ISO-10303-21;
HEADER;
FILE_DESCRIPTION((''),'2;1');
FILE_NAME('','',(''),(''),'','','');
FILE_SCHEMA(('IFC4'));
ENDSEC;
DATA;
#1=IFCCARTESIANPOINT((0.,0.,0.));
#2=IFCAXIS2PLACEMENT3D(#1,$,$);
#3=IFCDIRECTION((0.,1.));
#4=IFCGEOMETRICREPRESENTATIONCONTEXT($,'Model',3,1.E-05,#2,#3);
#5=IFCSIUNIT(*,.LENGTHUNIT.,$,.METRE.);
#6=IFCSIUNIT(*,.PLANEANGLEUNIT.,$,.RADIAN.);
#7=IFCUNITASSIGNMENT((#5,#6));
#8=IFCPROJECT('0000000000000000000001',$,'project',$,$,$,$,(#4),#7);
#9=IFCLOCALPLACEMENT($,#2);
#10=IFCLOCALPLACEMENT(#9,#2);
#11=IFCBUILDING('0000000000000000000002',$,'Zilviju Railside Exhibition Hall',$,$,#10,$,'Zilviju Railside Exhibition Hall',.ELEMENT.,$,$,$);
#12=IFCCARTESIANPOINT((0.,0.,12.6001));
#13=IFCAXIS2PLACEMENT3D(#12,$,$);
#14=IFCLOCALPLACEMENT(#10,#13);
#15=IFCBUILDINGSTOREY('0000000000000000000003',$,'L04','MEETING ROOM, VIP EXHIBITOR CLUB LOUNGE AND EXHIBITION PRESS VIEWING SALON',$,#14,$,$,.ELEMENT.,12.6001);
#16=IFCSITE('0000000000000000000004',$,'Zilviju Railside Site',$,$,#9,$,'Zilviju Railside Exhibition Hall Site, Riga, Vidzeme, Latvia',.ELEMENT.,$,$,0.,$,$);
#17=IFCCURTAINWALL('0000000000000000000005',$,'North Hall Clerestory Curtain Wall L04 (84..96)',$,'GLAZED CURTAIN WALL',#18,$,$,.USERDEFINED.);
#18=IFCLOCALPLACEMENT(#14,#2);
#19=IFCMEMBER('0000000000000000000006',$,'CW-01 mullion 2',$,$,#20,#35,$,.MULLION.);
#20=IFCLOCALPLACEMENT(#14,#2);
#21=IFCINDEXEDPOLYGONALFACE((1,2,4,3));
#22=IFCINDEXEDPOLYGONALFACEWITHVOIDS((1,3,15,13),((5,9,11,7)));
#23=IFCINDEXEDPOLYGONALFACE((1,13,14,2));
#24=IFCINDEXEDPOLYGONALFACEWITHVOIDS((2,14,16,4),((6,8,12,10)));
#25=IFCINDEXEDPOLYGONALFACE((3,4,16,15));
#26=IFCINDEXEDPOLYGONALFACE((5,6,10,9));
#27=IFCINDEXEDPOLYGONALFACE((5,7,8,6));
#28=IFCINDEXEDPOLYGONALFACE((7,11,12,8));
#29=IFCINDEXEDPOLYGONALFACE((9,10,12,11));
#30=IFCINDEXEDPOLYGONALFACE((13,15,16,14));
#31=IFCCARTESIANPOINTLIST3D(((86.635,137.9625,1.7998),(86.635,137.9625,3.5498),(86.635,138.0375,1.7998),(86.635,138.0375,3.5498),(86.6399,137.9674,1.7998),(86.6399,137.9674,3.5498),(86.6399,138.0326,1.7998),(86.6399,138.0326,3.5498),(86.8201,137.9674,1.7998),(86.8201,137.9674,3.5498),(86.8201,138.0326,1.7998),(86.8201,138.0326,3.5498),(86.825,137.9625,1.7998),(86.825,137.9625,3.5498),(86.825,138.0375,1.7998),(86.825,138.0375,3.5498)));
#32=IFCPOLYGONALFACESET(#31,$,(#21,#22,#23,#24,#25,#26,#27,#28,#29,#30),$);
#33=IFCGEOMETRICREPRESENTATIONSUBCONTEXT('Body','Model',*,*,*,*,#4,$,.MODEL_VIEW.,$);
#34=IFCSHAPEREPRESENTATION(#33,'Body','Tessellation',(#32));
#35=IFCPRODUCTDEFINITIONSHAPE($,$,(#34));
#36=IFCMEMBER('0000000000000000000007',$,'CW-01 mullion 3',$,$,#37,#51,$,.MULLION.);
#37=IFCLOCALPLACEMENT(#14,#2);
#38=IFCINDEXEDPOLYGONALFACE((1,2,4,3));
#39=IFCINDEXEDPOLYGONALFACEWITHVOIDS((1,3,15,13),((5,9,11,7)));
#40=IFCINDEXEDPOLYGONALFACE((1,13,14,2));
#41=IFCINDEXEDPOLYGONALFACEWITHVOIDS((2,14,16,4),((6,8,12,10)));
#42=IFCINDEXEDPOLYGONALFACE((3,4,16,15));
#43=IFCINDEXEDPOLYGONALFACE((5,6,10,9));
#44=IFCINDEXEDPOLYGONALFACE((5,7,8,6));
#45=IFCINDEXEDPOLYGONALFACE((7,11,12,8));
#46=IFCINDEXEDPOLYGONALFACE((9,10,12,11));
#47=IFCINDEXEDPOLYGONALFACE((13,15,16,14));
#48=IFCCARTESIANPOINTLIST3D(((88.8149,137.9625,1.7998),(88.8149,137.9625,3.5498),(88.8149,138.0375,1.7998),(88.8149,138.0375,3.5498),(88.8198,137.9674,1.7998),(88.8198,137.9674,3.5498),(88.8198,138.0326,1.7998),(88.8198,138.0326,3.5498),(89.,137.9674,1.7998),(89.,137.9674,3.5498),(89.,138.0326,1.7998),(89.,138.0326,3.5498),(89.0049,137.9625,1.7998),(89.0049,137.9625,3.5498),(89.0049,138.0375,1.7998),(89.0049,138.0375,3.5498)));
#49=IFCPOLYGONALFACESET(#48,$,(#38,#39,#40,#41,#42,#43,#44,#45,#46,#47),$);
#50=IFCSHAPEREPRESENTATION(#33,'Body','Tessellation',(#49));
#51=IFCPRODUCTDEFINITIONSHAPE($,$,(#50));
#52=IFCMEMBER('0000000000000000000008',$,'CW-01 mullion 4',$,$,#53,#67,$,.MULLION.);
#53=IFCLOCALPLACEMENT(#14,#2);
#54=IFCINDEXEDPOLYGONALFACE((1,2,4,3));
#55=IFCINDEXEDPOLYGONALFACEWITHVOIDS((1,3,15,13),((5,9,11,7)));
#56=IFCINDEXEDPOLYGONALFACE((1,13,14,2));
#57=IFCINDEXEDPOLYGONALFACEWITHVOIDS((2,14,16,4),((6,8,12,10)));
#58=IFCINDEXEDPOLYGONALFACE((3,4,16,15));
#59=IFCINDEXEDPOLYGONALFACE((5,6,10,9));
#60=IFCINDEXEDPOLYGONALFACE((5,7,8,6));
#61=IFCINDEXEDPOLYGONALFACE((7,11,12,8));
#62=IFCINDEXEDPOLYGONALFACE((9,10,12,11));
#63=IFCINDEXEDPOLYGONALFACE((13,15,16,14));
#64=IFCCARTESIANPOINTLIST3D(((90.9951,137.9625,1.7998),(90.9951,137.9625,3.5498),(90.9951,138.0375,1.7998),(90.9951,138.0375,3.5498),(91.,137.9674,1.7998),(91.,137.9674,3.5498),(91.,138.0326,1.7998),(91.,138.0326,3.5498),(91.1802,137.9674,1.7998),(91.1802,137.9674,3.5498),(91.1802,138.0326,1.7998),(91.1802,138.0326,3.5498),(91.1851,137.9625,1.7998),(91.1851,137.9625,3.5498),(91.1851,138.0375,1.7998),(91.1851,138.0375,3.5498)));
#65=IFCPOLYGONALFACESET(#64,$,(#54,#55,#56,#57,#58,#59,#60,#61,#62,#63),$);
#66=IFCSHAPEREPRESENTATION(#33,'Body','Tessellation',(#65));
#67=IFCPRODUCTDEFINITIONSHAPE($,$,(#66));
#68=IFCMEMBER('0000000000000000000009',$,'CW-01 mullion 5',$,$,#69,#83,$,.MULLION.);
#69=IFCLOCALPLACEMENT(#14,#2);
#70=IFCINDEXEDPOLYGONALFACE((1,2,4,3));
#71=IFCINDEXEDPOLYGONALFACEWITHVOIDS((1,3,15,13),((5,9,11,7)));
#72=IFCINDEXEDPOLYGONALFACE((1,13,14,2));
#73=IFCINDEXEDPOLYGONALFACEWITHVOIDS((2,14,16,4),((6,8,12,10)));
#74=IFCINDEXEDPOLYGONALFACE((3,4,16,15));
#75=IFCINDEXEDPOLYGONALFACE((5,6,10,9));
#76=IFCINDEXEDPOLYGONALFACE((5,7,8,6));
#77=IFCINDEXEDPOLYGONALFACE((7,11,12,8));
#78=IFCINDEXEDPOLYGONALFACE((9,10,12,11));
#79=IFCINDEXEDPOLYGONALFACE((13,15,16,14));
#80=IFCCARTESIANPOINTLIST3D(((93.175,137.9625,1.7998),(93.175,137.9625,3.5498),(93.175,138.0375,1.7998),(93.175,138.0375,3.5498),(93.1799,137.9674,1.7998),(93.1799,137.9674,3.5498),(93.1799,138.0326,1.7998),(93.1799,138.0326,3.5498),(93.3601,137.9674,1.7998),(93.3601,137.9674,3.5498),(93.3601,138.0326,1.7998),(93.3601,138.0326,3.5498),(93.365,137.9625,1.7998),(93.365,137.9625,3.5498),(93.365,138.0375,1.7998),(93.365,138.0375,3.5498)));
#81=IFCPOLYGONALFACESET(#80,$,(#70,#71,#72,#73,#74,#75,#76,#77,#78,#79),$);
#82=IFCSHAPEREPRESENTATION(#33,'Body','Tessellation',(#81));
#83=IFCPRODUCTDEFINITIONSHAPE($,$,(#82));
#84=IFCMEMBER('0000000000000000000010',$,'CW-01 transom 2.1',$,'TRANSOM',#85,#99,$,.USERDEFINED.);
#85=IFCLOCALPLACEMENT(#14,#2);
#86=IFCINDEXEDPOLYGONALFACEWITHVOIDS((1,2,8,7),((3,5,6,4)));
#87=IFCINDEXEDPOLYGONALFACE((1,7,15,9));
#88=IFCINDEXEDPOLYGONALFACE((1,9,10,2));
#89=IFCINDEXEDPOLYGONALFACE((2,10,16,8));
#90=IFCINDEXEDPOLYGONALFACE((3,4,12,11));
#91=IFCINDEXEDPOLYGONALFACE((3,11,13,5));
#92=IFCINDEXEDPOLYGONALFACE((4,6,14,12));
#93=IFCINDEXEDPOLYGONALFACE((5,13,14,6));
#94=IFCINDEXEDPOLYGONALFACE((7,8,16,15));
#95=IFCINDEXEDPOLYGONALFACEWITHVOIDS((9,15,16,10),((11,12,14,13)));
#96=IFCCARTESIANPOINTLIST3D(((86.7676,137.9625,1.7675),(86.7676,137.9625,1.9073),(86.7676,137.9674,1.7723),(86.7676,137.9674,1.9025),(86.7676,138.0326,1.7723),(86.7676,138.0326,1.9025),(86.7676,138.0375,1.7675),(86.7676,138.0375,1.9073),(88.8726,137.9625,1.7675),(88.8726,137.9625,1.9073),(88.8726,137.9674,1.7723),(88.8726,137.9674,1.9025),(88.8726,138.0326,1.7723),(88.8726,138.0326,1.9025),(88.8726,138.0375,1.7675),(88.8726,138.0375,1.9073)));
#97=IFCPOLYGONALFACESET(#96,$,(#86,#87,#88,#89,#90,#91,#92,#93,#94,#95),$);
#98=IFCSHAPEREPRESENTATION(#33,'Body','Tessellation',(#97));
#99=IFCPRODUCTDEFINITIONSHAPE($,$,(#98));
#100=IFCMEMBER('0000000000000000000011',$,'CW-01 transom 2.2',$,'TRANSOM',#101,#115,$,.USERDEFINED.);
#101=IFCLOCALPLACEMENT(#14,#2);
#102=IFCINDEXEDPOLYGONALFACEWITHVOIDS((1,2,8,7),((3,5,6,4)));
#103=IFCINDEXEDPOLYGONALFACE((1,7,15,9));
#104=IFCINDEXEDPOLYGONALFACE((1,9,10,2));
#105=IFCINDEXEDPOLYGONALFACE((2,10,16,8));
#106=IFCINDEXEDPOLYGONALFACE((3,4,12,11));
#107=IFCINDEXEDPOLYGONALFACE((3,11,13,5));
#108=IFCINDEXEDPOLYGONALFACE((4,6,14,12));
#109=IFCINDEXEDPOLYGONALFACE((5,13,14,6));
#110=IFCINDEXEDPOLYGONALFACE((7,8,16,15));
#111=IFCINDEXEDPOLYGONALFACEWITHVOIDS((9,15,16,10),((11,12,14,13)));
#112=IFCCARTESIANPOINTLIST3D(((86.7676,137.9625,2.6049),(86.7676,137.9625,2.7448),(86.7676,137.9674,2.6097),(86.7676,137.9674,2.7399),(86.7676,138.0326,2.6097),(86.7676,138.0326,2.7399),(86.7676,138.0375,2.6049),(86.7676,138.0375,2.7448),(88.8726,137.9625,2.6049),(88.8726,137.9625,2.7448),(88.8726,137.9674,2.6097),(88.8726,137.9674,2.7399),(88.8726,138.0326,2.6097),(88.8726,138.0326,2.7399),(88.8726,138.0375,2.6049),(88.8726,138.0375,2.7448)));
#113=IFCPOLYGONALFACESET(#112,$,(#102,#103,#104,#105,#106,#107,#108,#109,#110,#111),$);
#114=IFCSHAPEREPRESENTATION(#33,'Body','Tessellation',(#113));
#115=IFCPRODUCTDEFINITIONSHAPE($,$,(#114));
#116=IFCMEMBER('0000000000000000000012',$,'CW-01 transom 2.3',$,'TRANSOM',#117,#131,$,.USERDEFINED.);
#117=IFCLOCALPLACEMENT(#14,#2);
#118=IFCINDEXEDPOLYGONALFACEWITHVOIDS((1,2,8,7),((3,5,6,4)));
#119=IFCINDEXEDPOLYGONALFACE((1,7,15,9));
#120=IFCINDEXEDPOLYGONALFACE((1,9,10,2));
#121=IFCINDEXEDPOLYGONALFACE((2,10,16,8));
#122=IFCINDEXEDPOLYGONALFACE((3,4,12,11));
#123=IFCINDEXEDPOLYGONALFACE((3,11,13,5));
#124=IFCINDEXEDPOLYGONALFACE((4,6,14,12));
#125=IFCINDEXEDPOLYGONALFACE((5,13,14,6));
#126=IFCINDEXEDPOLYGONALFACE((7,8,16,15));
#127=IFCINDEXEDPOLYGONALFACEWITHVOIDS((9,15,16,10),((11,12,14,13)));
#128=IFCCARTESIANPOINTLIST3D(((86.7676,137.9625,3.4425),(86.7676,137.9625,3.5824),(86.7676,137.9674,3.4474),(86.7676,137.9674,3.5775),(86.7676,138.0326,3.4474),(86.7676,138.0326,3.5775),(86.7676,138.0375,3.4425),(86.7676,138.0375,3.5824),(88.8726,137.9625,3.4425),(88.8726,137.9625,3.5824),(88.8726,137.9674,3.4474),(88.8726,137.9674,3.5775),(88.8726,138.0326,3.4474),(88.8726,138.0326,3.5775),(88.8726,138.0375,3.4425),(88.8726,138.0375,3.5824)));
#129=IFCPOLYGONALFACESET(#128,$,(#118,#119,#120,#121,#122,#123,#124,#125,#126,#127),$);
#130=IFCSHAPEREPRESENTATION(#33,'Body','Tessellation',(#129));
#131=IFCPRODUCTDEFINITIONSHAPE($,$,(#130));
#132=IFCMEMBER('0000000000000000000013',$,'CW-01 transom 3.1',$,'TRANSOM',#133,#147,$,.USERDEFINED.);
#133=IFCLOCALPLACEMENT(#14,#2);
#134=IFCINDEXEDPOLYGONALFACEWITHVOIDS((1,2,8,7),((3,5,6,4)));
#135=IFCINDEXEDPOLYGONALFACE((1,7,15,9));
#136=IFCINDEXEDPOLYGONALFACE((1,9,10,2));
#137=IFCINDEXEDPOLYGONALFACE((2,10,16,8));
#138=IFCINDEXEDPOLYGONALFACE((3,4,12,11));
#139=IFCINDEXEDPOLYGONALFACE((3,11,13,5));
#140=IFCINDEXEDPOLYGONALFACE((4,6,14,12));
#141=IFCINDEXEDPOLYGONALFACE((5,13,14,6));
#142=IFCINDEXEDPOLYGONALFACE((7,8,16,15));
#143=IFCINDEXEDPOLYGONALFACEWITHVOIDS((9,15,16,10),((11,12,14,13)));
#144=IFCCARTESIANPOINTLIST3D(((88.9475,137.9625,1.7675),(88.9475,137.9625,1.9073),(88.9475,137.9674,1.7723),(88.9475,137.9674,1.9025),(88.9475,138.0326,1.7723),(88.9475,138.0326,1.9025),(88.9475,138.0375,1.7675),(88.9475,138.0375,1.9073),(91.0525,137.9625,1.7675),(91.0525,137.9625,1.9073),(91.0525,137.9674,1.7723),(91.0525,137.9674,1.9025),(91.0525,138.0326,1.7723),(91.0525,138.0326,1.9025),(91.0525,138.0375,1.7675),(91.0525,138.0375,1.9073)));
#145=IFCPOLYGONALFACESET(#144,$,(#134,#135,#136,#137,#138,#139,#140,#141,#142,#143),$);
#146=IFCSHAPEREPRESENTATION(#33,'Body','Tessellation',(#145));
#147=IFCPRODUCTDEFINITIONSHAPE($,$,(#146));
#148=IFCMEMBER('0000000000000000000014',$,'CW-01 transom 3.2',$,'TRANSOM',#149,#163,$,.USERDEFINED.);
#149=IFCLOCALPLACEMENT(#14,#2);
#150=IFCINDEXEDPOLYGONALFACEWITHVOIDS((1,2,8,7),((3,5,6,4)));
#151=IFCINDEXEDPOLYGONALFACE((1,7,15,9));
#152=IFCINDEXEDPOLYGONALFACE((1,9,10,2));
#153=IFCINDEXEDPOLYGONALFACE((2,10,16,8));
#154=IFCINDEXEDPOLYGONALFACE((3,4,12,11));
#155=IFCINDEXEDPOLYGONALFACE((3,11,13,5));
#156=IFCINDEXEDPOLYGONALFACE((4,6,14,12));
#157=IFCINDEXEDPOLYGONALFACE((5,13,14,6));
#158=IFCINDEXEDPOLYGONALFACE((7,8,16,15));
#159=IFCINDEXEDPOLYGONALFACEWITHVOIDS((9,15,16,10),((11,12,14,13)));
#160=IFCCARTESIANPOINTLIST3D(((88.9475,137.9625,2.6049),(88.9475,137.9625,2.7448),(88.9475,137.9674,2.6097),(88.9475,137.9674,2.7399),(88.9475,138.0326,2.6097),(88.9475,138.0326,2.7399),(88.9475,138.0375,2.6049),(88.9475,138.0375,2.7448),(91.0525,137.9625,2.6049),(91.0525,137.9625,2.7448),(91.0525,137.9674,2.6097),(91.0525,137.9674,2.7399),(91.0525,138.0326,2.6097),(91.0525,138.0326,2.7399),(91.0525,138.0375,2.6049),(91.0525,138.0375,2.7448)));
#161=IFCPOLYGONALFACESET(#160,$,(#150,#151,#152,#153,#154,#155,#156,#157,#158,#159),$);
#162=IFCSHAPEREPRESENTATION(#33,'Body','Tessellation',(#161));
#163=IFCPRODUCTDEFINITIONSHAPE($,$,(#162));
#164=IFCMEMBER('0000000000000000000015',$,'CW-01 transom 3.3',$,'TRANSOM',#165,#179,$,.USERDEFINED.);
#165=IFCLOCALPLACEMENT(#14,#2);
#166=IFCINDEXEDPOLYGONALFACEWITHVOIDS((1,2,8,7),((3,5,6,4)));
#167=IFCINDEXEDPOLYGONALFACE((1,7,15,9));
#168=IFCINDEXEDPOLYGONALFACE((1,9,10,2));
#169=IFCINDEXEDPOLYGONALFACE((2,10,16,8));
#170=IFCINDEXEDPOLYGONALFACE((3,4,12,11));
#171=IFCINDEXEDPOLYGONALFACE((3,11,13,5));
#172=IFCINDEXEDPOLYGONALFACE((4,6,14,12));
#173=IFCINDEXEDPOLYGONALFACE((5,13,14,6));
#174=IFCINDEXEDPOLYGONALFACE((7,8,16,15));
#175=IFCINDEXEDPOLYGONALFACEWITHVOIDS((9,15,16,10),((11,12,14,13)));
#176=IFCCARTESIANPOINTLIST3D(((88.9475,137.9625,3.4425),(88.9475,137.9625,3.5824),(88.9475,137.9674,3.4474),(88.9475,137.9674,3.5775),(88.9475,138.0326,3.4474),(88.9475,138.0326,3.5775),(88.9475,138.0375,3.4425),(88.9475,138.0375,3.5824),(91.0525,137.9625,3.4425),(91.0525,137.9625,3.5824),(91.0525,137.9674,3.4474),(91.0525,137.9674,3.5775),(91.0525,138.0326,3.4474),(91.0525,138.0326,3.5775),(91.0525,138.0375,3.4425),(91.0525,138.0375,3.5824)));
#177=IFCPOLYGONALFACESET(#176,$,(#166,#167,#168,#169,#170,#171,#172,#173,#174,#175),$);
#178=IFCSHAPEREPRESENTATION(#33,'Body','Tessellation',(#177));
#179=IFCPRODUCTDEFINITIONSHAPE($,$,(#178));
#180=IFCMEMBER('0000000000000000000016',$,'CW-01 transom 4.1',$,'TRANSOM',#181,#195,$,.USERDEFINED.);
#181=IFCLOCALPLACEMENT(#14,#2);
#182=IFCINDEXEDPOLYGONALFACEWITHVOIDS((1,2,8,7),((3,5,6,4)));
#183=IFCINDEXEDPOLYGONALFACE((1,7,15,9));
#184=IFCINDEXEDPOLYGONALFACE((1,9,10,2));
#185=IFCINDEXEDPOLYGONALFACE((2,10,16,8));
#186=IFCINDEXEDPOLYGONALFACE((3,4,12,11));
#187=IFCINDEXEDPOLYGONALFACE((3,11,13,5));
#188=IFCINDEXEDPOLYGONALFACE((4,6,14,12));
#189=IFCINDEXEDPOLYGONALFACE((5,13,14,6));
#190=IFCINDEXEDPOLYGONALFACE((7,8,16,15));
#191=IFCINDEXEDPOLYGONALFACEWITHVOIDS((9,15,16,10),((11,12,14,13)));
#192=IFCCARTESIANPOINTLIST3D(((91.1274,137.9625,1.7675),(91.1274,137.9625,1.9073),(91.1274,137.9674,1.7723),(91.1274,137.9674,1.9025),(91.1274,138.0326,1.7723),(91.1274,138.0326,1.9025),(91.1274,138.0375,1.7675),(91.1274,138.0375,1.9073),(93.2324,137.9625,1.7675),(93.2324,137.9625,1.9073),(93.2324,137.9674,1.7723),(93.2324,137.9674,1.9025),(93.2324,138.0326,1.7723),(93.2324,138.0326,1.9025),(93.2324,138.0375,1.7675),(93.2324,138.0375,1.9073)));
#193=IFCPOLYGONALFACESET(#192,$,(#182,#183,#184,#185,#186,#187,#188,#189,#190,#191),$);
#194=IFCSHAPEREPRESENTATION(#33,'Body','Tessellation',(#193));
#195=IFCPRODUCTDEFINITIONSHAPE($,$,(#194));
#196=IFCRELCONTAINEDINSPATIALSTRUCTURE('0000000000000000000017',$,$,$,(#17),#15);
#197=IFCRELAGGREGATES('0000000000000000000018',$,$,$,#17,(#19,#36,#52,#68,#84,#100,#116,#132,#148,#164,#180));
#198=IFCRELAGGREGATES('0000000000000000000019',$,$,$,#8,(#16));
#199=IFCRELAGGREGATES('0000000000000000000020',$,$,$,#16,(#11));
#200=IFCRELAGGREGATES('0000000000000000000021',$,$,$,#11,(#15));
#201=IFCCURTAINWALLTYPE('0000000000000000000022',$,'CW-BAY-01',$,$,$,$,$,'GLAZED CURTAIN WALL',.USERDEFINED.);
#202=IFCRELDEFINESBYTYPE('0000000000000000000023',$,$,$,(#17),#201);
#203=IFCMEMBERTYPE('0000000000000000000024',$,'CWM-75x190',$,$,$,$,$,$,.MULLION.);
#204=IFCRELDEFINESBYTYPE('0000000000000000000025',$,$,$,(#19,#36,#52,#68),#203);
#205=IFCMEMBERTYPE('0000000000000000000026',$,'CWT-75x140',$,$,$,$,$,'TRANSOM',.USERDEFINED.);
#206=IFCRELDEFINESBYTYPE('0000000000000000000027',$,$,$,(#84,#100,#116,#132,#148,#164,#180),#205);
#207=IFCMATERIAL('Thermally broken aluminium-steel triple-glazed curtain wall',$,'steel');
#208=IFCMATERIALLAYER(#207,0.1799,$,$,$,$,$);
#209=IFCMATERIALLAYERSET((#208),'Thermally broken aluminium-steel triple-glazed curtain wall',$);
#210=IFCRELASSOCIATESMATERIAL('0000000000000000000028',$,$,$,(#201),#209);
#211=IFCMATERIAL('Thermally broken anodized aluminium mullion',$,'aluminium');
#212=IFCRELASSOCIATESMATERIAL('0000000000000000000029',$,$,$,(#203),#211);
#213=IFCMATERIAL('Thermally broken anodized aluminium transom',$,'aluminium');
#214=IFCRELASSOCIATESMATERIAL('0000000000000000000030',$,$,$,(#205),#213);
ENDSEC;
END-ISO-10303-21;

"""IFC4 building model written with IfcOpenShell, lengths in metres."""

from ifc_helpers import new_model, si_unit, direction, frame, origin, origin_2d, place, context, subcontext, project, spatial, hollow_rectangle, extrude, material, layer, layer_set, material_profile, profile_set, type_object, element, aggregate, save


model = new_model("IFC4")

# Units and contexts
model_context = context("Model", 3, precision=1e-05, world=origin(), true_north=direction((0.0, 1.0)))
body_context = subcontext(model_context, "Body", "Model", "MODEL_VIEW")
ifc_project = project(units=[si_unit("LENGTHUNIT", "METRE"), si_unit("PLANEANGLEUNIT", "RADIAN")], contexts=[model_context])

# Site, building, storey
site_placement = place(None, origin())
site = spatial("IfcSite", under=ifc_project, at=site_placement, Name="Zilviju Railside Site", LongName="Zilviju Railside Exhibition Hall Site, Riga, Vidzeme, Latvia", CompositionType="ELEMENT", RefElevation=0.0)
building_placement = place(site_placement, origin())
building = spatial("IfcBuilding", under=site, at=building_placement, Name="Zilviju Railside Exhibition Hall", LongName="Zilviju Railside Exhibition Hall", CompositionType="ELEMENT")
storey_placement = place(building_placement, frame((0.0, 0.0, 12.6001)))
storey = spatial("IfcBuildingStorey", under=building, at=storey_placement, Name="L04", Description="MEETING ROOM, VIP EXHIBITOR CLUB LOUNGE AND EXHIBITION PRESS VIEWING SALON", CompositionType="ELEMENT", Elevation=12.6001)

# Curtain wall, members
ifc_material_1 = material(Name="Thermally broken aluminium-steel triple-glazed curtain wall", Category="steel")
ifc_layer_1 = layer(ifc_material_1, 0.1799)
ifc_layer_set_1 = layer_set([ifc_layer_1], Name="Thermally broken aluminium-steel triple-glazed curtain wall")
curtain_wall_type = type_object("IfcCurtainWallType", Name="CW-BAY-01", ElementType="GLAZED CURTAIN WALL", PredefinedType="USERDEFINED", material=ifc_layer_set_1)
curtain_wall_placement = place(storey_placement, origin())
curtain_wall = element("IfcCurtainWall", 1, at=curtain_wall_placement, inside=storey, type_object=curtain_wall_type, Name="North Hall Clerestory Curtain Wall L04 (84..96)", ObjectType="GLAZED CURTAIN WALL", PredefinedType="USERDEFINED")
ifc_material_2 = material(Name="Thermally broken anodized aluminium mullion", Category="aluminium")
ifc_material_profile_1 = material_profile(ifc_material_2, hollow_rectangle(XDim=0.075, YDim=0.1899, WallThickness=0.0049, at=origin_2d()), Name="MULLION 190x75x5")
ifc_profile_set_1 = profile_set([ifc_material_profile_1], Name="Thermally broken anodized aluminium mullion")
member_type_1 = type_object("IfcMemberType", Name="CWM-75x190", PredefinedType="MULLION", material=ifc_profile_set_1)
member_1_placement = place(storey_placement, frame((86.73, 138.0, 1.7998), z_axis=(0.0, 0.0, 1.0), x_axis=(0.0, 1.0, 0.0)))
member_1 = element("IfcMember", 2, at=member_1_placement, type_object=member_type_1, Name="CW-01 mullion 2", PredefinedType="MULLION", context=body_context, shape_type="SweptSolid", body=[
    extrude(hollow_rectangle(XDim=0.075, YDim=0.1899, WallThickness=0.0049, at=origin_2d()), origin(), (0.0, 0.0, 1.0), 1.75),
])
member_2_placement = place(storey_placement, frame((88.9099, 138.0, 1.7998), z_axis=(0.0, 0.0, 1.0), x_axis=(0.0, 1.0, 0.0)))
member_2 = element("IfcMember", 3, at=member_2_placement, type_object=member_type_1, Name="CW-01 mullion 3", PredefinedType="MULLION", context=body_context, shape_type="SweptSolid", body=[
    extrude(hollow_rectangle(XDim=0.075, YDim=0.1899, WallThickness=0.0049, at=origin_2d()), origin(), (0.0, 0.0, 1.0), 1.75),
])
member_3_placement = place(storey_placement, frame((91.0901, 138.0, 1.7998), z_axis=(0.0, 0.0, 1.0), x_axis=(0.0, 1.0, 0.0)))
member_3 = element("IfcMember", 4, at=member_3_placement, type_object=member_type_1, Name="CW-01 mullion 4", PredefinedType="MULLION", context=body_context, shape_type="SweptSolid", body=[
    extrude(hollow_rectangle(XDim=0.075, YDim=0.1899, WallThickness=0.0049, at=origin_2d()), origin(), (0.0, 0.0, 1.0), 1.75),
])
member_4_placement = place(storey_placement, frame((93.27, 138.0, 1.7998), z_axis=(0.0, 0.0, 1.0), x_axis=(0.0, 1.0, 0.0)))
member_4 = element("IfcMember", 5, at=member_4_placement, type_object=member_type_1, Name="CW-01 mullion 5", PredefinedType="MULLION", context=body_context, shape_type="SweptSolid", body=[
    extrude(hollow_rectangle(XDim=0.075, YDim=0.1899, WallThickness=0.0049, at=origin_2d()), origin(), (0.0, 0.0, 1.0), 1.75),
])
ifc_material_3 = material(Name="Thermally broken anodized aluminium transom", Category="aluminium")
ifc_material_profile_2 = material_profile(ifc_material_3, hollow_rectangle(XDim=0.075, YDim=0.1399, WallThickness=0.0049, at=origin_2d()), Name="TRANSOM 140x75x5")
ifc_profile_set_2 = profile_set([ifc_material_profile_2], Name="Thermally broken anodized aluminium transom")
member_type_2 = type_object("IfcMemberType", Name="CWT-75x140", ElementType="TRANSOM", PredefinedType="USERDEFINED", material=ifc_profile_set_2)
member_5_placement = place(storey_placement, frame((86.7676, 138.0, 1.8374), z_axis=(1.0, 0.0, 0.0), x_axis=(0.0, 1.0, 0.0)))
member_5 = element("IfcMember", 6, at=member_5_placement, type_object=member_type_2, Name="CW-01 transom 2.1", ObjectType="TRANSOM", PredefinedType="USERDEFINED", context=body_context, shape_type="SweptSolid", body=[
    extrude(hollow_rectangle(XDim=0.075, YDim=0.1399, WallThickness=0.0049, at=origin_2d()), origin(), (0.0, 0.0, 1.0), 2.105),
])
member_6_placement = place(storey_placement, frame((86.7676, 138.0, 2.6748), z_axis=(1.0, 0.0, 0.0), x_axis=(0.0, 1.0, 0.0)))
member_6 = element("IfcMember", 7, at=member_6_placement, type_object=member_type_2, Name="CW-01 transom 2.2", ObjectType="TRANSOM", PredefinedType="USERDEFINED", context=body_context, shape_type="SweptSolid", body=[
    extrude(hollow_rectangle(XDim=0.075, YDim=0.1399, WallThickness=0.0049, at=origin_2d()), origin(), (0.0, 0.0, 1.0), 2.105),
])
member_7_placement = place(storey_placement, frame((86.7676, 138.0, 3.5125), z_axis=(1.0, 0.0, 0.0), x_axis=(0.0, 1.0, 0.0)))
member_7 = element("IfcMember", 8, at=member_7_placement, type_object=member_type_2, Name="CW-01 transom 2.3", ObjectType="TRANSOM", PredefinedType="USERDEFINED", context=body_context, shape_type="SweptSolid", body=[
    extrude(hollow_rectangle(XDim=0.075, YDim=0.1399, WallThickness=0.0049, at=origin_2d()), origin(), (0.0, 0.0, 1.0), 2.105),
])
member_8_placement = place(storey_placement, frame((88.9475, 138.0, 1.8374), z_axis=(1.0, 0.0, 0.0), x_axis=(0.0, 1.0, 0.0)))
member_8 = element("IfcMember", 9, at=member_8_placement, type_object=member_type_2, Name="CW-01 transom 3.1", ObjectType="TRANSOM", PredefinedType="USERDEFINED", context=body_context, shape_type="SweptSolid", body=[
    extrude(hollow_rectangle(XDim=0.075, YDim=0.1399, WallThickness=0.0049, at=origin_2d()), origin(), (0.0, 0.0, 1.0), 2.105),
])
member_9_placement = place(storey_placement, frame((88.9475, 138.0, 2.6748), z_axis=(1.0, 0.0, 0.0), x_axis=(0.0, 1.0, 0.0)))
member_9 = element("IfcMember", 10, at=member_9_placement, type_object=member_type_2, Name="CW-01 transom 3.2", ObjectType="TRANSOM", PredefinedType="USERDEFINED", context=body_context, shape_type="SweptSolid", body=[
    extrude(hollow_rectangle(XDim=0.075, YDim=0.1399, WallThickness=0.0049, at=origin_2d()), origin(), (0.0, 0.0, 1.0), 2.105),
])
member_10_placement = place(storey_placement, frame((88.9475, 138.0, 3.5125), z_axis=(1.0, 0.0, 0.0), x_axis=(0.0, 1.0, 0.0)))
member_10 = element("IfcMember", 11, at=member_10_placement, type_object=member_type_2, Name="CW-01 transom 3.3", ObjectType="TRANSOM", PredefinedType="USERDEFINED", context=body_context, shape_type="SweptSolid", body=[
    extrude(hollow_rectangle(XDim=0.075, YDim=0.1399, WallThickness=0.0049, at=origin_2d()), origin(), (0.0, 0.0, 1.0), 2.105),
])
member_11_placement = place(storey_placement, frame((91.1274, 138.0, 1.8374), z_axis=(1.0, 0.0, 0.0), x_axis=(0.0, 1.0, 0.0)))
member_11 = element("IfcMember", 12, at=member_11_placement, type_object=member_type_2, Name="CW-01 transom 4.1", ObjectType="TRANSOM", PredefinedType="USERDEFINED", context=body_context, shape_type="SweptSolid", body=[
    extrude(hollow_rectangle(XDim=0.075, YDim=0.1399, WallThickness=0.0049, at=origin_2d()), origin(), (0.0, 0.0, 1.0), 2.105),
])
aggregate(curtain_wall, [member_1, member_2, member_3, member_4, member_5, member_6, member_7, member_8, member_9, member_10, member_11])

save(model, "model.ifc")
